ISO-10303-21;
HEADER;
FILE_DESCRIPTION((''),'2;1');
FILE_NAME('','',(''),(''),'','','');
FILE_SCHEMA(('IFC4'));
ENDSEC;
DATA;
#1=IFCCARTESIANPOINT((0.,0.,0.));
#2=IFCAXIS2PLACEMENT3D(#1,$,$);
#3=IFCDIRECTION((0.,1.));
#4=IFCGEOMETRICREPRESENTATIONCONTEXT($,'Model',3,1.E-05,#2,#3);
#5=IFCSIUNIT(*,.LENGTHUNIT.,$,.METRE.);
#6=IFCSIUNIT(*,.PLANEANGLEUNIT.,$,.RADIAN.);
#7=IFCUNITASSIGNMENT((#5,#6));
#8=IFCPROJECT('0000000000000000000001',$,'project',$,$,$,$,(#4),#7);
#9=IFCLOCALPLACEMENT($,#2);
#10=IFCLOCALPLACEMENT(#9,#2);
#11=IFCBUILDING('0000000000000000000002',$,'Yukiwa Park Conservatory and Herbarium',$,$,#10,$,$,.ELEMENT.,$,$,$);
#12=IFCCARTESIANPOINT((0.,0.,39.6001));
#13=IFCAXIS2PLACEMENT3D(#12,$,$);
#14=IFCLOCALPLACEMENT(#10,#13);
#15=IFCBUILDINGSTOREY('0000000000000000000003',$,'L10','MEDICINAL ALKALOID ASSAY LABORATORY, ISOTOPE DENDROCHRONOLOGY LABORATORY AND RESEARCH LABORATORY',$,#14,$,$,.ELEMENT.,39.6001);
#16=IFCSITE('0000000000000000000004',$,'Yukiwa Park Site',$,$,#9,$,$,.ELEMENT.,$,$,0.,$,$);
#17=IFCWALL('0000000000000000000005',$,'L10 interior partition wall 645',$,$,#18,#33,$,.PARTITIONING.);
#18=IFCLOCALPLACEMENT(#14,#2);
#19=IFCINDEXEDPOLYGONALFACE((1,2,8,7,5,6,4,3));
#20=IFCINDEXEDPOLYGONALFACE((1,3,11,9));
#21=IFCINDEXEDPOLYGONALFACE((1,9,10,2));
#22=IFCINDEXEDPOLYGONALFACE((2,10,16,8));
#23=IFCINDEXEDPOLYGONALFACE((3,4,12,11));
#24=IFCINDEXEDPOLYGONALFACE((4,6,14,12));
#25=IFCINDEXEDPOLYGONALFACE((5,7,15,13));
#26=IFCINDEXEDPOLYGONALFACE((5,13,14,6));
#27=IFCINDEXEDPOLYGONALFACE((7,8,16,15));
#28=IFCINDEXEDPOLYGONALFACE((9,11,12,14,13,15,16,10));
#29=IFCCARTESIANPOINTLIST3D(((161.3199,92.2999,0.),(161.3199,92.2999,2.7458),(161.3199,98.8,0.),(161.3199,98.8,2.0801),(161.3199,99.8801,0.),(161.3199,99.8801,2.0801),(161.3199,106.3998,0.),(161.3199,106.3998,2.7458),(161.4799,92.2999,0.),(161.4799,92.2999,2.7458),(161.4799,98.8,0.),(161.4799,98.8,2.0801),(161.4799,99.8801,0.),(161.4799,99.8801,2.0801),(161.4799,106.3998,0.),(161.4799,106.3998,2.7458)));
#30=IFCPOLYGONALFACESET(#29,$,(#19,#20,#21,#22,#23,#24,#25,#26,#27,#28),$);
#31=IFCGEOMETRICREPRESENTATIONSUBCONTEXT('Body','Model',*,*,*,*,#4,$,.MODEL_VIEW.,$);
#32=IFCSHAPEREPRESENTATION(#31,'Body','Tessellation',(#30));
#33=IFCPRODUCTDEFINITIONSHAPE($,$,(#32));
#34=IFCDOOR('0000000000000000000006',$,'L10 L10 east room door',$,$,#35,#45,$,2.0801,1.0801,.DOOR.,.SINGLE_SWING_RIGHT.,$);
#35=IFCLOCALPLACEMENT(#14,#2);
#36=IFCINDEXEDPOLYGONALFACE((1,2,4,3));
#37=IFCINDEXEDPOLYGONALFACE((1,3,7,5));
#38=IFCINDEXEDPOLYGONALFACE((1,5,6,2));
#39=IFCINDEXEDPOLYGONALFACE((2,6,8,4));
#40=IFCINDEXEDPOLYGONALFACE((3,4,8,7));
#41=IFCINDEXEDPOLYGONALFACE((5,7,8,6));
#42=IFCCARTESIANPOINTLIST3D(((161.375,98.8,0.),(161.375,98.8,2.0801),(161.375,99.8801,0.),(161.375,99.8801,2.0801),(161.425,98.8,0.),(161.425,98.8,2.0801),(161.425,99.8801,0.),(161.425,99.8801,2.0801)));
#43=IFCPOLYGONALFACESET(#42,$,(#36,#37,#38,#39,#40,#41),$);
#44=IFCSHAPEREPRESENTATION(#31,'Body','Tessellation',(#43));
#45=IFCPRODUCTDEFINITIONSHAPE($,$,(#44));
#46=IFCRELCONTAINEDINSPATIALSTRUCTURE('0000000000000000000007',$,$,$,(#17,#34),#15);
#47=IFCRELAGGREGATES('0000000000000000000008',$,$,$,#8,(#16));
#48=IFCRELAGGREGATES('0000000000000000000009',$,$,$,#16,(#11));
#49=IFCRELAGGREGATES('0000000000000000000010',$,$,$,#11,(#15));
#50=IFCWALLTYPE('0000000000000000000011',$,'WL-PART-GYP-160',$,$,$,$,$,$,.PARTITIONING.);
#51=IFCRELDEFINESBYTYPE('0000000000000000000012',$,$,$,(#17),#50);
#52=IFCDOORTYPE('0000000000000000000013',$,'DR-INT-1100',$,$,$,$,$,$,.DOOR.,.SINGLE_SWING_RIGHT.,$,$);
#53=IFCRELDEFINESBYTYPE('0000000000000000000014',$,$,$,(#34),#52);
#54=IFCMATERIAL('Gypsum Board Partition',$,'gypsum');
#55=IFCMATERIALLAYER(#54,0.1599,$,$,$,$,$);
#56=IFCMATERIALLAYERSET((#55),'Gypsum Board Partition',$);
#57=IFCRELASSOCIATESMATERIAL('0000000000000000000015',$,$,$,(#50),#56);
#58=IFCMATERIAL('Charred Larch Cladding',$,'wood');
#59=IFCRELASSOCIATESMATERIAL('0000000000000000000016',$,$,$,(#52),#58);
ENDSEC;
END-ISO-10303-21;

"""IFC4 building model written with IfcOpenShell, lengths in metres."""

from ifc_helpers import new_model, si_unit, direction, frame, frame_2d, origin, place, context, subcontext, project, spatial, rectangle, extrude, material, layer, layer_set, type_object, element, fill, save


model = new_model("IFC4")

# Units and contexts
model_context = context("Model", 3, precision=1e-05, world=origin(), true_north=direction((0.0, 1.0)))
body_context = subcontext(model_context, "Body", "Model", "MODEL_VIEW")
ifc_project = project(units=[si_unit("LENGTHUNIT", "METRE"), si_unit("PLANEANGLEUNIT", "RADIAN")], contexts=[model_context])

# Site, building, storey
site_placement = place(None, origin())
site = spatial("IfcSite", under=ifc_project, at=site_placement, Name="Yukiwa Park Site", CompositionType="ELEMENT", RefElevation=0.0)
building_placement = place(site_placement, origin())
building = spatial("IfcBuilding", under=site, at=building_placement, Name="Yukiwa Park Conservatory and Herbarium", CompositionType="ELEMENT")
storey_placement = place(building_placement, frame((0.0, 0.0, 39.6001)))
storey = spatial("IfcBuildingStorey", under=building, at=storey_placement, Name="L10", Description="MEDICINAL ALKALOID ASSAY LABORATORY, ISOTOPE DENDROCHRONOLOGY LABORATORY AND RESEARCH LABORATORY", CompositionType="ELEMENT", Elevation=39.6001)

# Wall, opening, door
ifc_material_1 = material(Name="Gypsum Board Partition", Category="gypsum")
ifc_layer_1 = layer(ifc_material_1, 0.1599)
ifc_layer_set_1 = layer_set([ifc_layer_1], Name="Gypsum Board Partition")
wall_type = type_object("IfcWallType", Name="WL-PART-GYP-160", PredefinedType="PARTITIONING", material=ifc_layer_set_1)
wall_placement = place(storey_placement, frame((161.3999, 92.3, 0.0), z_axis=(0.0, 0.0, 1.0), x_axis=(0.0, 1.0, 0.0)))
wall = element("IfcWall", 1, at=wall_placement, inside=storey, type_object=wall_type, Name="L10 interior partition wall 645", PredefinedType="PARTITIONING", context=body_context, shape_type="SweptSolid", body=[
    extrude(rectangle(XDim=14.0999, YDim=0.1599, at=frame_2d((7.0498, 0.0))), origin(), (0.0, 0.0, 1.0), 2.7458),
])
opening_placement = place(wall_placement, frame((6.5, 0.0, 0.0)))
opening = element("IfcOpeningElement", 2, at=opening_placement, cuts=wall, PredefinedType="OPENING", context=body_context, shape_type="SweptSolid", body=[
    extrude(rectangle(XDim=1.0801, YDim=2.0801, at=frame_2d((0.54, 1.04))), frame((0.0, 0.0898, 0.0), z_axis=(0.0, -1.0, 0.0), x_axis=(1.0, 0.0, 0.0)), (0.0, 0.0, 1.0), 0.1799),
])
ifc_material_2 = material(Name="Charred Larch Cladding", Category="wood")
door_type = type_object("IfcDoorType", Name="DR-INT-1100", OperationType="SINGLE_SWING_RIGHT", PredefinedType="DOOR", material=ifc_material_2)
door_placement = place(opening_placement, origin())
door = element("IfcDoor", 3, at=door_placement, inside=storey, type_object=door_type, Name="L10 L10 east room door", OperationType="SINGLE_SWING_RIGHT", OverallHeight=2.0801, OverallWidth=1.0801, PredefinedType="DOOR", context=body_context, shape_type="SweptSolid", body=[
    extrude(rectangle(XDim=1.0801, YDim=2.0801, at=frame_2d((0.54, 1.04))), frame((0.0, 0.0249, 0.0), z_axis=(0.0, -1.0, 0.0), x_axis=(1.0, 0.0, 0.0)), (0.0, 0.0, 1.0), 0.05),
])
fill(opening, door)

save(model, "model.ifc")
